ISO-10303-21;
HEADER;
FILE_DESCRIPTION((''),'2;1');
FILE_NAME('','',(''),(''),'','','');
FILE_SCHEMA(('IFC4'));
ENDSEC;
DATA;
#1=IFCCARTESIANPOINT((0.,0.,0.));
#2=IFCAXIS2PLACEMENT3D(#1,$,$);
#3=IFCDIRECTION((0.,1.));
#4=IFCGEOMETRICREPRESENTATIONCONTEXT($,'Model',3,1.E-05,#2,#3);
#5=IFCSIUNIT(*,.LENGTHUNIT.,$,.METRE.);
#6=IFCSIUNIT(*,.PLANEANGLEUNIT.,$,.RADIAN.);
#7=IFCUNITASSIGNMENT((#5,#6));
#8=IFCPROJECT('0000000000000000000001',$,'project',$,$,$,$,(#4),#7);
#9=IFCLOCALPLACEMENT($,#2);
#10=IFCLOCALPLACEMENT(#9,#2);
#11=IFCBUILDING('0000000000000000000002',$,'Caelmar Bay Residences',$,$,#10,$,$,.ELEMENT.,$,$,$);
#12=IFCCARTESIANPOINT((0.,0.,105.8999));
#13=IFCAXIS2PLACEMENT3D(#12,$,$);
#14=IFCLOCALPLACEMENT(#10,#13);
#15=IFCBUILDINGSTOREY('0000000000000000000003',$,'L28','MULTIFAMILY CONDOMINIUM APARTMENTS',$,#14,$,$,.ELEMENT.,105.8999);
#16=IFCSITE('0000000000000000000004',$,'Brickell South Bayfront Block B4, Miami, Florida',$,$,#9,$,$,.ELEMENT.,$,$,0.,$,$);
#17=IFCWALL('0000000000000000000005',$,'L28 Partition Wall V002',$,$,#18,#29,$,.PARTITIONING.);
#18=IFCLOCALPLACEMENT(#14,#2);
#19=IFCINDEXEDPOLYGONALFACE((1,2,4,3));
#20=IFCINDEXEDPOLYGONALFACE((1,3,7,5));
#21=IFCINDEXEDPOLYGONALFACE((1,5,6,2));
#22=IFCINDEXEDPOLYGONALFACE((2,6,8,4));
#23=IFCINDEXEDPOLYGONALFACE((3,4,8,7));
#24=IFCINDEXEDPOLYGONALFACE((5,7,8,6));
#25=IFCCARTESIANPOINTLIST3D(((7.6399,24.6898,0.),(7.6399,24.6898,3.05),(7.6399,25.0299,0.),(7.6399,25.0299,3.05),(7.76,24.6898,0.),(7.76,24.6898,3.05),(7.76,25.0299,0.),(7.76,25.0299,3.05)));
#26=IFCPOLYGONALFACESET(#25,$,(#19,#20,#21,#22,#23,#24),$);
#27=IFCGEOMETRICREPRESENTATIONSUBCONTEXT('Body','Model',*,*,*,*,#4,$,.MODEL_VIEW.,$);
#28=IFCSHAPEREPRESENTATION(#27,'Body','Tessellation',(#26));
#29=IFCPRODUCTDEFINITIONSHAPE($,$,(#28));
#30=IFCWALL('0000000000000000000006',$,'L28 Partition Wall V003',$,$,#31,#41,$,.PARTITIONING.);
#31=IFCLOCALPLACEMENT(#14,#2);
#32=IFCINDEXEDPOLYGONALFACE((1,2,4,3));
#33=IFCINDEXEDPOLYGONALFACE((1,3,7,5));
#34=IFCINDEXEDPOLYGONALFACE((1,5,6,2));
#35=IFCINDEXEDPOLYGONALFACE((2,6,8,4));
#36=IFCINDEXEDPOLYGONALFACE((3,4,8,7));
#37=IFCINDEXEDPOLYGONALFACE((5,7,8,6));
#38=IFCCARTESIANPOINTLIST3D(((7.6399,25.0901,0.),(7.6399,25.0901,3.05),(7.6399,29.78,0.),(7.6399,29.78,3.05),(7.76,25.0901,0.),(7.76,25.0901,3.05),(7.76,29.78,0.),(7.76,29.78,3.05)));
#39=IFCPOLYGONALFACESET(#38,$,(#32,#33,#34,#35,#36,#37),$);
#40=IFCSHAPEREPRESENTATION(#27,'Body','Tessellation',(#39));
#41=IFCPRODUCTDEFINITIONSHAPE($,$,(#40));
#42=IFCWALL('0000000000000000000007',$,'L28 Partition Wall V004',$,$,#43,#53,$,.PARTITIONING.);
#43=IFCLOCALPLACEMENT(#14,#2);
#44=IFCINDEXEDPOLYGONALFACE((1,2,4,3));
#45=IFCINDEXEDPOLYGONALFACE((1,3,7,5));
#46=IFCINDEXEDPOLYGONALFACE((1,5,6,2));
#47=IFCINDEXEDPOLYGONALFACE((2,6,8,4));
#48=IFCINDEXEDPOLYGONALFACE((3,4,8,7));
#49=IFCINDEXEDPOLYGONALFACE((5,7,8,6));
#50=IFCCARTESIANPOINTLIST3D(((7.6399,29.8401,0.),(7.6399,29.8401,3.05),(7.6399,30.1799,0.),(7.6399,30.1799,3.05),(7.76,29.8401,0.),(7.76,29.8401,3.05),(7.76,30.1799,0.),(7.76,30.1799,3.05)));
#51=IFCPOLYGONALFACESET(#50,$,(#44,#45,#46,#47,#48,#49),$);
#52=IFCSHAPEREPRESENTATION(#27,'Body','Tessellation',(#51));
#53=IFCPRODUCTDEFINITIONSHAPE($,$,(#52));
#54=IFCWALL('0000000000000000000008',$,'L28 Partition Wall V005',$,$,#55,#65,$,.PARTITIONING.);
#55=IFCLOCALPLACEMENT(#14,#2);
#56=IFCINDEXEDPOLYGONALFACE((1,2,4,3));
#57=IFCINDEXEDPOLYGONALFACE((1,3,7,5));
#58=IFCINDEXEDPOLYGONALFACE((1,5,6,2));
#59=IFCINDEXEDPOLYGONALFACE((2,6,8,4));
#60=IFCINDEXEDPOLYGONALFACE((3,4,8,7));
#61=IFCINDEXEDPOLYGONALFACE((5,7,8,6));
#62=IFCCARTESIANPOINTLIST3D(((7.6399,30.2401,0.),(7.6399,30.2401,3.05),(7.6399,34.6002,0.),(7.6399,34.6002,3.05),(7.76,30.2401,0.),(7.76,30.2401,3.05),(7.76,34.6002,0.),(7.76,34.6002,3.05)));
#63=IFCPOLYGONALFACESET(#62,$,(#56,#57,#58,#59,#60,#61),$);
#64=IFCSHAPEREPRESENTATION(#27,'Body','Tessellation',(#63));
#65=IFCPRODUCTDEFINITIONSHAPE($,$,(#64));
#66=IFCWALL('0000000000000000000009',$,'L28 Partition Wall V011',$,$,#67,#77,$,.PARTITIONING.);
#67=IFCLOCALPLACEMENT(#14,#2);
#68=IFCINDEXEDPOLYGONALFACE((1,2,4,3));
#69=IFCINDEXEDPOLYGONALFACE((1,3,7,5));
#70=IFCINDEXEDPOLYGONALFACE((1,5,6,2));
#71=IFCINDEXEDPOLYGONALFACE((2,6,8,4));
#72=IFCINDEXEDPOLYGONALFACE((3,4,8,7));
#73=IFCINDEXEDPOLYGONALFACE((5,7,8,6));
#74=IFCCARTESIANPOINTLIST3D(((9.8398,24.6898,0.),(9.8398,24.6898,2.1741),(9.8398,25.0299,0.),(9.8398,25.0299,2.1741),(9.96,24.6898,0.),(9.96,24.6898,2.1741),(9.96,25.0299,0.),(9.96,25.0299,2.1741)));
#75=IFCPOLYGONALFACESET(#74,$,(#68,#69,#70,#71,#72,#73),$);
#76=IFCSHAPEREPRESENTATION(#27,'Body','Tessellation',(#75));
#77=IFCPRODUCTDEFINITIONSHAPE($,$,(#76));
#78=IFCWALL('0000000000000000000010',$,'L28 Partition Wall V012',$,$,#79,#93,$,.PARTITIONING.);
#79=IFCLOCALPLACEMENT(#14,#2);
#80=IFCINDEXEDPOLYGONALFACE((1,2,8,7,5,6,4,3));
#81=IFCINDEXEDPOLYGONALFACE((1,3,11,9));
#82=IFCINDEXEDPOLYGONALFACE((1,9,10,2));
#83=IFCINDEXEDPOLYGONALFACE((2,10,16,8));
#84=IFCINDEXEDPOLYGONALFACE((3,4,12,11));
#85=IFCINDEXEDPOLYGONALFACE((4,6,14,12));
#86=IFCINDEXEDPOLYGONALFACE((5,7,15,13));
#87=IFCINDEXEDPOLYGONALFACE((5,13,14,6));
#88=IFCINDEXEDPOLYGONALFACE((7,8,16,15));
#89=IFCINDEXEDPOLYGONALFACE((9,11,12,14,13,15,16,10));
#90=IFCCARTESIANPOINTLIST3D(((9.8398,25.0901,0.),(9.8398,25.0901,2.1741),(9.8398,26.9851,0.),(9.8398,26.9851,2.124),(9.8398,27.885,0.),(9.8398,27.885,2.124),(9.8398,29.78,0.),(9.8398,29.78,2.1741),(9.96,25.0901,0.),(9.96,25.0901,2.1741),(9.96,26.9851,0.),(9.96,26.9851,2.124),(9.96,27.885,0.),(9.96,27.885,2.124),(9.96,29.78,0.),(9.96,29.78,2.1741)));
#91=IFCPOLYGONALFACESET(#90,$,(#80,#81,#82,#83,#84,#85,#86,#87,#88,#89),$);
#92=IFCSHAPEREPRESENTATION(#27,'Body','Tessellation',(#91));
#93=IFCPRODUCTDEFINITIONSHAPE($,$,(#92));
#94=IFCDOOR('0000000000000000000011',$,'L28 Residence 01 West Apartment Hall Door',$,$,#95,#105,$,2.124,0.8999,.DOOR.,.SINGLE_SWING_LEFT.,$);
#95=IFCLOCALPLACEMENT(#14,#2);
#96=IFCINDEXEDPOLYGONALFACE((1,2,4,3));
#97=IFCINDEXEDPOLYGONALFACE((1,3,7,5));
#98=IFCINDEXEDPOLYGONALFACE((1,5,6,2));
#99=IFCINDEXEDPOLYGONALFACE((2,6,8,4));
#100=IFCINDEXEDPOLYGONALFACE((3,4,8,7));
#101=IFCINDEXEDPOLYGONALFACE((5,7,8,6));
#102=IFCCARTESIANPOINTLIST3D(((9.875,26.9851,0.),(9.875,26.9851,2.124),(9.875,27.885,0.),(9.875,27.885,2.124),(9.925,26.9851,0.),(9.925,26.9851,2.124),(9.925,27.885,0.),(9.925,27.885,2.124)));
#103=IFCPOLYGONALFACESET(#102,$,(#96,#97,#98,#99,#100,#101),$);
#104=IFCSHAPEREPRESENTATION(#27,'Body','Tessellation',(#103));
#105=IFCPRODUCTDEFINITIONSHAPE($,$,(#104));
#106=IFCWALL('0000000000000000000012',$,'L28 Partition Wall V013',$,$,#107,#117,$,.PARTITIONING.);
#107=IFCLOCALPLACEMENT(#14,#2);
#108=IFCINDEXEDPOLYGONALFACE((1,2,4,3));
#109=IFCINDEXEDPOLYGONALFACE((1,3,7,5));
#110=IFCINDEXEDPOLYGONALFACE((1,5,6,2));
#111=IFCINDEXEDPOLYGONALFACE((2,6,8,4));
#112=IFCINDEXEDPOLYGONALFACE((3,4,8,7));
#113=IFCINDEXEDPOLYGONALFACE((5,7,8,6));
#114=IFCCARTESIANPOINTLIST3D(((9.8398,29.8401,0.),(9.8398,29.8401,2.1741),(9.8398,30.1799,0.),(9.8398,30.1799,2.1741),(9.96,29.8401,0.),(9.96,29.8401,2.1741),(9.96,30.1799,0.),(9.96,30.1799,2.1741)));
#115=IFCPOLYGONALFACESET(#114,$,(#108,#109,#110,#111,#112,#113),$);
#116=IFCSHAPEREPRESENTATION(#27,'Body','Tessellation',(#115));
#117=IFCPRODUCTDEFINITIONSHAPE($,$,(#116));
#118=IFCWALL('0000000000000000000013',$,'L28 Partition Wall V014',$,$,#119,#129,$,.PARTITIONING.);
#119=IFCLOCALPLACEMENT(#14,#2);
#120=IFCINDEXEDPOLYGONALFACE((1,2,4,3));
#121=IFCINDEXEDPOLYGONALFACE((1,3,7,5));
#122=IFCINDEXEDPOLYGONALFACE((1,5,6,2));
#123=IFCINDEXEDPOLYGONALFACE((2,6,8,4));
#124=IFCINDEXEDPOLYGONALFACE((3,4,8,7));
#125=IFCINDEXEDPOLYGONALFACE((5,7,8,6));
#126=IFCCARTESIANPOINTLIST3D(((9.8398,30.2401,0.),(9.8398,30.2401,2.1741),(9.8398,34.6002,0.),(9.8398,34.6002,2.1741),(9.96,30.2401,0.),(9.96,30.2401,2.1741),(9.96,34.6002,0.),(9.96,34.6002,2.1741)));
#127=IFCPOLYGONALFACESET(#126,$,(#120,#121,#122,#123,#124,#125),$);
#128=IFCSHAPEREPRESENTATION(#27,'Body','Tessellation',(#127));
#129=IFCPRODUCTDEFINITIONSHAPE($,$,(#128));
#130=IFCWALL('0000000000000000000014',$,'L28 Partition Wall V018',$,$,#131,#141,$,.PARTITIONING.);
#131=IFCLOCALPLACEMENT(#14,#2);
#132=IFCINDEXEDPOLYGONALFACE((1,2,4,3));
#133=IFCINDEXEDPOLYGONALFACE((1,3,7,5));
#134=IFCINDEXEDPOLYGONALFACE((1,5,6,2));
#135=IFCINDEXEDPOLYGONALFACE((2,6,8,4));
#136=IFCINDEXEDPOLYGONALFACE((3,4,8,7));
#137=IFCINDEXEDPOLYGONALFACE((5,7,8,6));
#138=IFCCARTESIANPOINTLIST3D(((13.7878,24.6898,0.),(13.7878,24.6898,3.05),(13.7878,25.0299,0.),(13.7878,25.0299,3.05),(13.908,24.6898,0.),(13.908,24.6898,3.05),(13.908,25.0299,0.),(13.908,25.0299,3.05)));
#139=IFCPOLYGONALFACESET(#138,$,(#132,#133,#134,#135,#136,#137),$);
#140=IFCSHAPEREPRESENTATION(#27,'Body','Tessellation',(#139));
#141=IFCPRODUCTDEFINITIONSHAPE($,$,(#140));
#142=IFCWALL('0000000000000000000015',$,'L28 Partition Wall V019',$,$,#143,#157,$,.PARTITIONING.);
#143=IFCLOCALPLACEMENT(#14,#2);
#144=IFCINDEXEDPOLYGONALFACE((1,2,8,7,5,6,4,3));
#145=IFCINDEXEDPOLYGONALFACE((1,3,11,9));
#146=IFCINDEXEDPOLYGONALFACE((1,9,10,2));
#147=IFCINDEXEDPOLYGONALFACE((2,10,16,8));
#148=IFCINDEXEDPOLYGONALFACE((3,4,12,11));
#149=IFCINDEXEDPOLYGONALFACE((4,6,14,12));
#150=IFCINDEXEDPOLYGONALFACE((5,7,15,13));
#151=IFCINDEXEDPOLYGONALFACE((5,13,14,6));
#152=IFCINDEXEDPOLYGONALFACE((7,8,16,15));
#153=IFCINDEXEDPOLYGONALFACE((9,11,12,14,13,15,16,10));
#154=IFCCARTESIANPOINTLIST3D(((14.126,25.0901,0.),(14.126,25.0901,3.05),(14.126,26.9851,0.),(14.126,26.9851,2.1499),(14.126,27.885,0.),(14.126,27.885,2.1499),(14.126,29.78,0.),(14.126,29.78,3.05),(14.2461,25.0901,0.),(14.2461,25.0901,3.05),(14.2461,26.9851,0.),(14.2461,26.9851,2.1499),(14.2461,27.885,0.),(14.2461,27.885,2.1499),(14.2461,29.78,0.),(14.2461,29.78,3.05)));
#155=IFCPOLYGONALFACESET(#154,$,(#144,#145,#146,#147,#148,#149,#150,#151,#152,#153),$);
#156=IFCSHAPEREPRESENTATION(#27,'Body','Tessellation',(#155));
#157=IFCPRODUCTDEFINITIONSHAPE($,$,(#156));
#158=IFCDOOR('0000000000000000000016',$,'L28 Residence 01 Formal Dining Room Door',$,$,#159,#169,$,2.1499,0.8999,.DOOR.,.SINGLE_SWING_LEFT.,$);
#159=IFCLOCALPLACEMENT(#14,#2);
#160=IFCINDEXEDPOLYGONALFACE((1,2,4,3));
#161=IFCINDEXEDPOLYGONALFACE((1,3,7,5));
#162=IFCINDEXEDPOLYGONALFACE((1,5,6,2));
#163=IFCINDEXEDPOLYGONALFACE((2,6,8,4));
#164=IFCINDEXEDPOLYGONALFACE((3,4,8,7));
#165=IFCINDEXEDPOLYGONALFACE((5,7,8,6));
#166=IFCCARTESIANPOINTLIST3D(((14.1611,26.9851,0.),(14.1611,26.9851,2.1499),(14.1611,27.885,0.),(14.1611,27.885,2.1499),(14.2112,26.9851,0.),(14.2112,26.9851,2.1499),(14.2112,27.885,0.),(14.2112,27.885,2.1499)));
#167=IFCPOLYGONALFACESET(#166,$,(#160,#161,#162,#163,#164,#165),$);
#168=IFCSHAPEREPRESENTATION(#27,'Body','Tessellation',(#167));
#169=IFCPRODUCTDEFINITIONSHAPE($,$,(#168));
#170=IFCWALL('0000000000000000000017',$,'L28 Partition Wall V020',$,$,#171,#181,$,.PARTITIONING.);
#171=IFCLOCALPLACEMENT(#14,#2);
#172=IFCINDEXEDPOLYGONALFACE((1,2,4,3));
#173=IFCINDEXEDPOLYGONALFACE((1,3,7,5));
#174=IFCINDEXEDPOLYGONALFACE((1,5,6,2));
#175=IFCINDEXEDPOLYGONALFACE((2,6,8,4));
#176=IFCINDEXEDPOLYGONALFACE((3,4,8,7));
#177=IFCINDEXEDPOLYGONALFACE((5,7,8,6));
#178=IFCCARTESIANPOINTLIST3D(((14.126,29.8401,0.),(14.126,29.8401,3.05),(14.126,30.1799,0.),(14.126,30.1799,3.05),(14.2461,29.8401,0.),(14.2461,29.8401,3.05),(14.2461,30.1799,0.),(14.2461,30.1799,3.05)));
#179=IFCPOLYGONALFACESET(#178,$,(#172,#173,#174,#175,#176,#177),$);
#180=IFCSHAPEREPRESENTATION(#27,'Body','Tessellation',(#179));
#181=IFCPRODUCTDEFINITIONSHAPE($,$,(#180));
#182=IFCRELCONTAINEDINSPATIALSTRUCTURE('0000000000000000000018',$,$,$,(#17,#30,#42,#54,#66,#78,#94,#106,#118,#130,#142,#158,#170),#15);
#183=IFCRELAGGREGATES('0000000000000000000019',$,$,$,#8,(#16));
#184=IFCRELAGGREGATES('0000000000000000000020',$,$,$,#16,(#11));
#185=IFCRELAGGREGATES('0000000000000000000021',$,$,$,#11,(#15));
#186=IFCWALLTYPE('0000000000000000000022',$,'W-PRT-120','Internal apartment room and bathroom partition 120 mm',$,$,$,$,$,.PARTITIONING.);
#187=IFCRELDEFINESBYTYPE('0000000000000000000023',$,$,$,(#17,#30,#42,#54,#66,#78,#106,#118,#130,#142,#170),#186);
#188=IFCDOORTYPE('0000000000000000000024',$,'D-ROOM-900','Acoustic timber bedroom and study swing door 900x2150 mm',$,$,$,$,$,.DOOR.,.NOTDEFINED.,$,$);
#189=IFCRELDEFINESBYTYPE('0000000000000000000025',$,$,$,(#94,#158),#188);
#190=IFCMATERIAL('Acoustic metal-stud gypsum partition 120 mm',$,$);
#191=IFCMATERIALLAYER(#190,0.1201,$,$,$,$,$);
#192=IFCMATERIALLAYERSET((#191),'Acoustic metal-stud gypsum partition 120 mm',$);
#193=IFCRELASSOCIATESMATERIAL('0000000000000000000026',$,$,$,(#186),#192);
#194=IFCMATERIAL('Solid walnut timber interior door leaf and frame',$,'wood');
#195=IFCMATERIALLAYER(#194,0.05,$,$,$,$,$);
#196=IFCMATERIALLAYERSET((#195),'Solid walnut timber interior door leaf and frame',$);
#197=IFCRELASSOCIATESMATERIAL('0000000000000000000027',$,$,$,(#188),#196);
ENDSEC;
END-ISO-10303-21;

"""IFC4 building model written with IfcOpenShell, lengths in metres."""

from ifc_helpers import new_model, si_unit, direction, frame, frame_2d, origin, place, context, subcontext, project, spatial, rectangle, extrude, material, layer, layer_set, type_object, element, fill, save


model = new_model("IFC4")

# Units and contexts
model_context = context("Model", 3, precision=1e-05, world=origin(), true_north=direction((0.0, 1.0)))
body_context = subcontext(model_context, "Body", "Model", "MODEL_VIEW")
ifc_project = project(units=[si_unit("LENGTHUNIT", "METRE"), si_unit("PLANEANGLEUNIT", "RADIAN")], contexts=[model_context])

# Site, building, storey
site_placement = place(None, origin())
site = spatial("IfcSite", under=ifc_project, at=site_placement, Name="Brickell South Bayfront Block B4, Miami, Florida", CompositionType="ELEMENT", RefElevation=0.0)
building_placement = place(site_placement, origin())
building = spatial("IfcBuilding", under=site, at=building_placement, Name="Caelmar Bay Residences", CompositionType="ELEMENT")
storey_placement = place(building_placement, frame((0.0, 0.0, 105.8999)))
storey = spatial("IfcBuildingStorey", under=building, at=storey_placement, Name="L28", Description="MULTIFAMILY CONDOMINIUM APARTMENTS", CompositionType="ELEMENT", Elevation=105.8999)

# Walls
ifc_material_1 = material(Name="Acoustic metal-stud gypsum partition 120 mm")
ifc_layer_1 = layer(ifc_material_1, 0.1201)
ifc_layer_set_1 = layer_set([ifc_layer_1], Name="Acoustic metal-stud gypsum partition 120 mm")
wall_type_1 = type_object("IfcWallType", Name="W-PRT-120", Description="Internal apartment room and bathroom partition 120 mm", PredefinedType="PARTITIONING", material=ifc_layer_set_1)
wall_1_placement = place(storey_placement, frame((7.7, 24.6899, 0.0), z_axis=(0.0, 0.0, 1.0), x_axis=(0.0, 1.0, 0.0)))
element("IfcWall", 1, at=wall_1_placement, inside=storey, type_object=wall_type_1, Name="L28 Partition Wall V002", PredefinedType="PARTITIONING", context=body_context, shape_type="SweptSolid", body=[
    extrude(rectangle(XDim=0.3401, YDim=0.1201, at=frame_2d((0.1699, 0.0))), origin(), (0.0, 0.0, 1.0), 3.05),
])
wall_2_placement = place(storey_placement, frame((7.7, 25.0901, 0.0), z_axis=(0.0, 0.0, 1.0), x_axis=(0.0, 1.0, 0.0)))
element("IfcWall", 2, at=wall_2_placement, inside=storey, type_object=wall_type_1, Name="L28 Partition Wall V003", PredefinedType="PARTITIONING", context=body_context, shape_type="SweptSolid", body=[
    extrude(rectangle(XDim=4.6899, YDim=0.1201, at=frame_2d((2.345, 0.0))), origin(), (0.0, 0.0, 1.0), 3.05),
])
wall_3_placement = place(storey_placement, frame((7.7, 29.8401, 0.0), z_axis=(0.0, 0.0, 1.0), x_axis=(0.0, 1.0, 0.0)))
element("IfcWall", 3, at=wall_3_placement, inside=storey, type_object=wall_type_1, Name="L28 Partition Wall V004", PredefinedType="PARTITIONING", context=body_context, shape_type="SweptSolid", body=[
    extrude(rectangle(XDim=0.3398, YDim=0.1201, at=frame_2d((0.1699, 0.0))), origin(), (0.0, 0.0, 1.0), 3.05),
])
wall_4_placement = place(storey_placement, frame((7.7, 30.24, 0.0), z_axis=(0.0, 0.0, 1.0), x_axis=(0.0, 1.0, 0.0)))
element("IfcWall", 4, at=wall_4_placement, inside=storey, type_object=wall_type_1, Name="L28 Partition Wall V005", PredefinedType="PARTITIONING", context=body_context, shape_type="SweptSolid", body=[
    extrude(rectangle(XDim=4.3601, YDim=0.1201, at=frame_2d((2.1802, 0.0))), origin(), (0.0, 0.0, 1.0), 3.05),
])
wall_5_placement = place(storey_placement, frame((9.8999, 24.6899, 0.0), z_axis=(0.0, 0.0, 1.0), x_axis=(0.0, 1.0, 0.0)))
element("IfcWall", 5, at=wall_5_placement, inside=storey, type_object=wall_type_1, Name="L28 Partition Wall V011", PredefinedType="PARTITIONING", context=body_context, shape_type="SweptSolid", body=[
    extrude(rectangle(XDim=0.3401, YDim=0.1201, at=frame_2d((0.1699, 0.0))), origin(), (0.0, 0.0, 1.0), 2.1741),
])

# Wall, opening, door
wall_6_placement = place(storey_placement, frame((9.8999, 25.0901, 0.0), z_axis=(0.0, 0.0, 1.0), x_axis=(0.0, 1.0, 0.0)))
wall_6 = element("IfcWall", 6, at=wall_6_placement, inside=storey, type_object=wall_type_1, Name="L28 Partition Wall V012", PredefinedType="PARTITIONING", context=body_context, shape_type="SweptSolid", body=[
    extrude(rectangle(XDim=4.6899, YDim=0.1201, at=frame_2d((2.345, 0.0))), origin(), (0.0, 0.0, 1.0), 2.1741),
])
opening_1_placement = place(wall_6_placement, frame((1.895, 0.0, 0.0)))
opening_1 = element("IfcOpeningElement", 7, at=opening_1_placement, cuts=wall_6, PredefinedType="OPENING", context=body_context, shape_type="SweptSolid", body=[
    extrude(rectangle(XDim=0.8999, YDim=2.124, at=frame_2d((0.45, 1.062))), frame((0.0, 0.0701, 0.0), z_axis=(0.0, -1.0, 0.0), x_axis=(1.0, 0.0, 0.0)), (0.0, 0.0, 1.0), 0.1401),
])
ifc_material_2 = material(Name="Solid walnut timber interior door leaf and frame", Category="wood")
ifc_layer_2 = layer(ifc_material_2, 0.05)
ifc_layer_set_2 = layer_set([ifc_layer_2], Name="Solid walnut timber interior door leaf and frame")
door_type = type_object("IfcDoorType", Name="D-ROOM-900", Description="Acoustic timber bedroom and study swing door 900x2150 mm", OperationType="NOTDEFINED", PredefinedType="DOOR", material=ifc_layer_set_2)
door_1_placement = place(opening_1_placement, origin())
door_1 = element("IfcDoor", 8, at=door_1_placement, inside=storey, type_object=door_type, Name="L28 Residence 01 West Apartment Hall Door", OperationType="SINGLE_SWING_LEFT", OverallHeight=2.124, OverallWidth=0.8999, PredefinedType="DOOR", context=body_context, shape_type="SweptSolid", body=[
    extrude(rectangle(XDim=0.8999, YDim=2.124, at=frame_2d((0.45, 1.062))), frame((0.0, 0.0249, 0.0), z_axis=(0.0, -1.0, 0.0), x_axis=(1.0, 0.0, 0.0)), (0.0, 0.0, 1.0), 0.05),
])
fill(opening_1, door_1)

# Walls
wall_7_placement = place(storey_placement, frame((9.8999, 29.8401, 0.0), z_axis=(0.0, 0.0, 1.0), x_axis=(0.0, 1.0, 0.0)))
element("IfcWall", 9, at=wall_7_placement, inside=storey, type_object=wall_type_1, Name="L28 Partition Wall V013", PredefinedType="PARTITIONING", context=body_context, shape_type="SweptSolid", body=[
    extrude(rectangle(XDim=0.3398, YDim=0.1201, at=frame_2d((0.1699, 0.0))), origin(), (0.0, 0.0, 1.0), 2.1741),
])
wall_8_placement = place(storey_placement, frame((9.8999, 30.24, 0.0), z_axis=(0.0, 0.0, 1.0), x_axis=(0.0, 1.0, 0.0)))
element("IfcWall", 10, at=wall_8_placement, inside=storey, type_object=wall_type_1, Name="L28 Partition Wall V014", PredefinedType="PARTITIONING", context=body_context, shape_type="SweptSolid", body=[
    extrude(rectangle(XDim=4.3601, YDim=0.1201, at=frame_2d((2.1802, 0.0))), origin(), (0.0, 0.0, 1.0), 2.1741),
])
wall_9_placement = place(storey_placement, frame((13.8479, 24.6899, 0.0), z_axis=(0.0, 0.0, 1.0), x_axis=(0.0, 1.0, 0.0)))
element("IfcWall", 11, at=wall_9_placement, inside=storey, type_object=wall_type_1, Name="L28 Partition Wall V018", PredefinedType="PARTITIONING", context=body_context, shape_type="SweptSolid", body=[
    extrude(rectangle(XDim=0.3401, YDim=0.1201, at=frame_2d((0.1699, 0.0))), origin(), (0.0, 0.0, 1.0), 3.05),
])

# Wall, opening, door
wall_10_placement = place(storey_placement, frame((14.186, 25.0901, 0.0), z_axis=(0.0, 0.0, 1.0), x_axis=(0.0, 1.0, 0.0)))
wall_10 = element("IfcWall", 12, at=wall_10_placement, inside=storey, type_object=wall_type_1, Name="L28 Partition Wall V019", PredefinedType="PARTITIONING", context=body_context, shape_type="SweptSolid", body=[
    extrude(rectangle(XDim=4.6899, YDim=0.1201, at=frame_2d((2.345, 0.0))), origin(), (0.0, 0.0, 1.0), 3.05),
])
opening_2_placement = place(wall_10_placement, frame((1.895, 0.0, 0.0)))
opening_2 = element("IfcOpeningElement", 13, at=opening_2_placement, cuts=wall_10, PredefinedType="OPENING", context=body_context, shape_type="SweptSolid", body=[
    extrude(rectangle(XDim=0.8999, YDim=2.1499, at=frame_2d((0.45, 1.075))), frame((0.0, 0.0701, 0.0), z_axis=(0.0, -1.0, 0.0), x_axis=(1.0, 0.0, 0.0)), (0.0, 0.0, 1.0), 0.1401),
])
door_2_placement = place(opening_2_placement, origin())
door_2 = element("IfcDoor", 14, at=door_2_placement, inside=storey, type_object=door_type, Name="L28 Residence 01 Formal Dining Room Door", OperationType="SINGLE_SWING_LEFT", OverallHeight=2.1499, OverallWidth=0.8999, PredefinedType="DOOR", context=body_context, shape_type="SweptSolid", body=[
    extrude(rectangle(XDim=0.8999, YDim=2.1499, at=frame_2d((0.45, 1.075))), frame((0.0, 0.0249, 0.0), z_axis=(0.0, -1.0, 0.0), x_axis=(1.0, 0.0, 0.0)), (0.0, 0.0, 1.0), 0.05),
])
fill(opening_2, door_2)

# Wall
wall_11_placement = place(storey_placement, frame((14.186, 29.8401, 0.0), z_axis=(0.0, 0.0, 1.0), x_axis=(0.0, 1.0, 0.0)))
element("IfcWall", 15, at=wall_11_placement, inside=storey, type_object=wall_type_1, Name="L28 Partition Wall V020", PredefinedType="PARTITIONING", context=body_context, shape_type="SweptSolid", body=[
    extrude(rectangle(XDim=0.3398, YDim=0.1201, at=frame_2d((0.1699, 0.0))), origin(), (0.0, 0.0, 1.0), 3.05),
])

save(model, "model.ifc")
